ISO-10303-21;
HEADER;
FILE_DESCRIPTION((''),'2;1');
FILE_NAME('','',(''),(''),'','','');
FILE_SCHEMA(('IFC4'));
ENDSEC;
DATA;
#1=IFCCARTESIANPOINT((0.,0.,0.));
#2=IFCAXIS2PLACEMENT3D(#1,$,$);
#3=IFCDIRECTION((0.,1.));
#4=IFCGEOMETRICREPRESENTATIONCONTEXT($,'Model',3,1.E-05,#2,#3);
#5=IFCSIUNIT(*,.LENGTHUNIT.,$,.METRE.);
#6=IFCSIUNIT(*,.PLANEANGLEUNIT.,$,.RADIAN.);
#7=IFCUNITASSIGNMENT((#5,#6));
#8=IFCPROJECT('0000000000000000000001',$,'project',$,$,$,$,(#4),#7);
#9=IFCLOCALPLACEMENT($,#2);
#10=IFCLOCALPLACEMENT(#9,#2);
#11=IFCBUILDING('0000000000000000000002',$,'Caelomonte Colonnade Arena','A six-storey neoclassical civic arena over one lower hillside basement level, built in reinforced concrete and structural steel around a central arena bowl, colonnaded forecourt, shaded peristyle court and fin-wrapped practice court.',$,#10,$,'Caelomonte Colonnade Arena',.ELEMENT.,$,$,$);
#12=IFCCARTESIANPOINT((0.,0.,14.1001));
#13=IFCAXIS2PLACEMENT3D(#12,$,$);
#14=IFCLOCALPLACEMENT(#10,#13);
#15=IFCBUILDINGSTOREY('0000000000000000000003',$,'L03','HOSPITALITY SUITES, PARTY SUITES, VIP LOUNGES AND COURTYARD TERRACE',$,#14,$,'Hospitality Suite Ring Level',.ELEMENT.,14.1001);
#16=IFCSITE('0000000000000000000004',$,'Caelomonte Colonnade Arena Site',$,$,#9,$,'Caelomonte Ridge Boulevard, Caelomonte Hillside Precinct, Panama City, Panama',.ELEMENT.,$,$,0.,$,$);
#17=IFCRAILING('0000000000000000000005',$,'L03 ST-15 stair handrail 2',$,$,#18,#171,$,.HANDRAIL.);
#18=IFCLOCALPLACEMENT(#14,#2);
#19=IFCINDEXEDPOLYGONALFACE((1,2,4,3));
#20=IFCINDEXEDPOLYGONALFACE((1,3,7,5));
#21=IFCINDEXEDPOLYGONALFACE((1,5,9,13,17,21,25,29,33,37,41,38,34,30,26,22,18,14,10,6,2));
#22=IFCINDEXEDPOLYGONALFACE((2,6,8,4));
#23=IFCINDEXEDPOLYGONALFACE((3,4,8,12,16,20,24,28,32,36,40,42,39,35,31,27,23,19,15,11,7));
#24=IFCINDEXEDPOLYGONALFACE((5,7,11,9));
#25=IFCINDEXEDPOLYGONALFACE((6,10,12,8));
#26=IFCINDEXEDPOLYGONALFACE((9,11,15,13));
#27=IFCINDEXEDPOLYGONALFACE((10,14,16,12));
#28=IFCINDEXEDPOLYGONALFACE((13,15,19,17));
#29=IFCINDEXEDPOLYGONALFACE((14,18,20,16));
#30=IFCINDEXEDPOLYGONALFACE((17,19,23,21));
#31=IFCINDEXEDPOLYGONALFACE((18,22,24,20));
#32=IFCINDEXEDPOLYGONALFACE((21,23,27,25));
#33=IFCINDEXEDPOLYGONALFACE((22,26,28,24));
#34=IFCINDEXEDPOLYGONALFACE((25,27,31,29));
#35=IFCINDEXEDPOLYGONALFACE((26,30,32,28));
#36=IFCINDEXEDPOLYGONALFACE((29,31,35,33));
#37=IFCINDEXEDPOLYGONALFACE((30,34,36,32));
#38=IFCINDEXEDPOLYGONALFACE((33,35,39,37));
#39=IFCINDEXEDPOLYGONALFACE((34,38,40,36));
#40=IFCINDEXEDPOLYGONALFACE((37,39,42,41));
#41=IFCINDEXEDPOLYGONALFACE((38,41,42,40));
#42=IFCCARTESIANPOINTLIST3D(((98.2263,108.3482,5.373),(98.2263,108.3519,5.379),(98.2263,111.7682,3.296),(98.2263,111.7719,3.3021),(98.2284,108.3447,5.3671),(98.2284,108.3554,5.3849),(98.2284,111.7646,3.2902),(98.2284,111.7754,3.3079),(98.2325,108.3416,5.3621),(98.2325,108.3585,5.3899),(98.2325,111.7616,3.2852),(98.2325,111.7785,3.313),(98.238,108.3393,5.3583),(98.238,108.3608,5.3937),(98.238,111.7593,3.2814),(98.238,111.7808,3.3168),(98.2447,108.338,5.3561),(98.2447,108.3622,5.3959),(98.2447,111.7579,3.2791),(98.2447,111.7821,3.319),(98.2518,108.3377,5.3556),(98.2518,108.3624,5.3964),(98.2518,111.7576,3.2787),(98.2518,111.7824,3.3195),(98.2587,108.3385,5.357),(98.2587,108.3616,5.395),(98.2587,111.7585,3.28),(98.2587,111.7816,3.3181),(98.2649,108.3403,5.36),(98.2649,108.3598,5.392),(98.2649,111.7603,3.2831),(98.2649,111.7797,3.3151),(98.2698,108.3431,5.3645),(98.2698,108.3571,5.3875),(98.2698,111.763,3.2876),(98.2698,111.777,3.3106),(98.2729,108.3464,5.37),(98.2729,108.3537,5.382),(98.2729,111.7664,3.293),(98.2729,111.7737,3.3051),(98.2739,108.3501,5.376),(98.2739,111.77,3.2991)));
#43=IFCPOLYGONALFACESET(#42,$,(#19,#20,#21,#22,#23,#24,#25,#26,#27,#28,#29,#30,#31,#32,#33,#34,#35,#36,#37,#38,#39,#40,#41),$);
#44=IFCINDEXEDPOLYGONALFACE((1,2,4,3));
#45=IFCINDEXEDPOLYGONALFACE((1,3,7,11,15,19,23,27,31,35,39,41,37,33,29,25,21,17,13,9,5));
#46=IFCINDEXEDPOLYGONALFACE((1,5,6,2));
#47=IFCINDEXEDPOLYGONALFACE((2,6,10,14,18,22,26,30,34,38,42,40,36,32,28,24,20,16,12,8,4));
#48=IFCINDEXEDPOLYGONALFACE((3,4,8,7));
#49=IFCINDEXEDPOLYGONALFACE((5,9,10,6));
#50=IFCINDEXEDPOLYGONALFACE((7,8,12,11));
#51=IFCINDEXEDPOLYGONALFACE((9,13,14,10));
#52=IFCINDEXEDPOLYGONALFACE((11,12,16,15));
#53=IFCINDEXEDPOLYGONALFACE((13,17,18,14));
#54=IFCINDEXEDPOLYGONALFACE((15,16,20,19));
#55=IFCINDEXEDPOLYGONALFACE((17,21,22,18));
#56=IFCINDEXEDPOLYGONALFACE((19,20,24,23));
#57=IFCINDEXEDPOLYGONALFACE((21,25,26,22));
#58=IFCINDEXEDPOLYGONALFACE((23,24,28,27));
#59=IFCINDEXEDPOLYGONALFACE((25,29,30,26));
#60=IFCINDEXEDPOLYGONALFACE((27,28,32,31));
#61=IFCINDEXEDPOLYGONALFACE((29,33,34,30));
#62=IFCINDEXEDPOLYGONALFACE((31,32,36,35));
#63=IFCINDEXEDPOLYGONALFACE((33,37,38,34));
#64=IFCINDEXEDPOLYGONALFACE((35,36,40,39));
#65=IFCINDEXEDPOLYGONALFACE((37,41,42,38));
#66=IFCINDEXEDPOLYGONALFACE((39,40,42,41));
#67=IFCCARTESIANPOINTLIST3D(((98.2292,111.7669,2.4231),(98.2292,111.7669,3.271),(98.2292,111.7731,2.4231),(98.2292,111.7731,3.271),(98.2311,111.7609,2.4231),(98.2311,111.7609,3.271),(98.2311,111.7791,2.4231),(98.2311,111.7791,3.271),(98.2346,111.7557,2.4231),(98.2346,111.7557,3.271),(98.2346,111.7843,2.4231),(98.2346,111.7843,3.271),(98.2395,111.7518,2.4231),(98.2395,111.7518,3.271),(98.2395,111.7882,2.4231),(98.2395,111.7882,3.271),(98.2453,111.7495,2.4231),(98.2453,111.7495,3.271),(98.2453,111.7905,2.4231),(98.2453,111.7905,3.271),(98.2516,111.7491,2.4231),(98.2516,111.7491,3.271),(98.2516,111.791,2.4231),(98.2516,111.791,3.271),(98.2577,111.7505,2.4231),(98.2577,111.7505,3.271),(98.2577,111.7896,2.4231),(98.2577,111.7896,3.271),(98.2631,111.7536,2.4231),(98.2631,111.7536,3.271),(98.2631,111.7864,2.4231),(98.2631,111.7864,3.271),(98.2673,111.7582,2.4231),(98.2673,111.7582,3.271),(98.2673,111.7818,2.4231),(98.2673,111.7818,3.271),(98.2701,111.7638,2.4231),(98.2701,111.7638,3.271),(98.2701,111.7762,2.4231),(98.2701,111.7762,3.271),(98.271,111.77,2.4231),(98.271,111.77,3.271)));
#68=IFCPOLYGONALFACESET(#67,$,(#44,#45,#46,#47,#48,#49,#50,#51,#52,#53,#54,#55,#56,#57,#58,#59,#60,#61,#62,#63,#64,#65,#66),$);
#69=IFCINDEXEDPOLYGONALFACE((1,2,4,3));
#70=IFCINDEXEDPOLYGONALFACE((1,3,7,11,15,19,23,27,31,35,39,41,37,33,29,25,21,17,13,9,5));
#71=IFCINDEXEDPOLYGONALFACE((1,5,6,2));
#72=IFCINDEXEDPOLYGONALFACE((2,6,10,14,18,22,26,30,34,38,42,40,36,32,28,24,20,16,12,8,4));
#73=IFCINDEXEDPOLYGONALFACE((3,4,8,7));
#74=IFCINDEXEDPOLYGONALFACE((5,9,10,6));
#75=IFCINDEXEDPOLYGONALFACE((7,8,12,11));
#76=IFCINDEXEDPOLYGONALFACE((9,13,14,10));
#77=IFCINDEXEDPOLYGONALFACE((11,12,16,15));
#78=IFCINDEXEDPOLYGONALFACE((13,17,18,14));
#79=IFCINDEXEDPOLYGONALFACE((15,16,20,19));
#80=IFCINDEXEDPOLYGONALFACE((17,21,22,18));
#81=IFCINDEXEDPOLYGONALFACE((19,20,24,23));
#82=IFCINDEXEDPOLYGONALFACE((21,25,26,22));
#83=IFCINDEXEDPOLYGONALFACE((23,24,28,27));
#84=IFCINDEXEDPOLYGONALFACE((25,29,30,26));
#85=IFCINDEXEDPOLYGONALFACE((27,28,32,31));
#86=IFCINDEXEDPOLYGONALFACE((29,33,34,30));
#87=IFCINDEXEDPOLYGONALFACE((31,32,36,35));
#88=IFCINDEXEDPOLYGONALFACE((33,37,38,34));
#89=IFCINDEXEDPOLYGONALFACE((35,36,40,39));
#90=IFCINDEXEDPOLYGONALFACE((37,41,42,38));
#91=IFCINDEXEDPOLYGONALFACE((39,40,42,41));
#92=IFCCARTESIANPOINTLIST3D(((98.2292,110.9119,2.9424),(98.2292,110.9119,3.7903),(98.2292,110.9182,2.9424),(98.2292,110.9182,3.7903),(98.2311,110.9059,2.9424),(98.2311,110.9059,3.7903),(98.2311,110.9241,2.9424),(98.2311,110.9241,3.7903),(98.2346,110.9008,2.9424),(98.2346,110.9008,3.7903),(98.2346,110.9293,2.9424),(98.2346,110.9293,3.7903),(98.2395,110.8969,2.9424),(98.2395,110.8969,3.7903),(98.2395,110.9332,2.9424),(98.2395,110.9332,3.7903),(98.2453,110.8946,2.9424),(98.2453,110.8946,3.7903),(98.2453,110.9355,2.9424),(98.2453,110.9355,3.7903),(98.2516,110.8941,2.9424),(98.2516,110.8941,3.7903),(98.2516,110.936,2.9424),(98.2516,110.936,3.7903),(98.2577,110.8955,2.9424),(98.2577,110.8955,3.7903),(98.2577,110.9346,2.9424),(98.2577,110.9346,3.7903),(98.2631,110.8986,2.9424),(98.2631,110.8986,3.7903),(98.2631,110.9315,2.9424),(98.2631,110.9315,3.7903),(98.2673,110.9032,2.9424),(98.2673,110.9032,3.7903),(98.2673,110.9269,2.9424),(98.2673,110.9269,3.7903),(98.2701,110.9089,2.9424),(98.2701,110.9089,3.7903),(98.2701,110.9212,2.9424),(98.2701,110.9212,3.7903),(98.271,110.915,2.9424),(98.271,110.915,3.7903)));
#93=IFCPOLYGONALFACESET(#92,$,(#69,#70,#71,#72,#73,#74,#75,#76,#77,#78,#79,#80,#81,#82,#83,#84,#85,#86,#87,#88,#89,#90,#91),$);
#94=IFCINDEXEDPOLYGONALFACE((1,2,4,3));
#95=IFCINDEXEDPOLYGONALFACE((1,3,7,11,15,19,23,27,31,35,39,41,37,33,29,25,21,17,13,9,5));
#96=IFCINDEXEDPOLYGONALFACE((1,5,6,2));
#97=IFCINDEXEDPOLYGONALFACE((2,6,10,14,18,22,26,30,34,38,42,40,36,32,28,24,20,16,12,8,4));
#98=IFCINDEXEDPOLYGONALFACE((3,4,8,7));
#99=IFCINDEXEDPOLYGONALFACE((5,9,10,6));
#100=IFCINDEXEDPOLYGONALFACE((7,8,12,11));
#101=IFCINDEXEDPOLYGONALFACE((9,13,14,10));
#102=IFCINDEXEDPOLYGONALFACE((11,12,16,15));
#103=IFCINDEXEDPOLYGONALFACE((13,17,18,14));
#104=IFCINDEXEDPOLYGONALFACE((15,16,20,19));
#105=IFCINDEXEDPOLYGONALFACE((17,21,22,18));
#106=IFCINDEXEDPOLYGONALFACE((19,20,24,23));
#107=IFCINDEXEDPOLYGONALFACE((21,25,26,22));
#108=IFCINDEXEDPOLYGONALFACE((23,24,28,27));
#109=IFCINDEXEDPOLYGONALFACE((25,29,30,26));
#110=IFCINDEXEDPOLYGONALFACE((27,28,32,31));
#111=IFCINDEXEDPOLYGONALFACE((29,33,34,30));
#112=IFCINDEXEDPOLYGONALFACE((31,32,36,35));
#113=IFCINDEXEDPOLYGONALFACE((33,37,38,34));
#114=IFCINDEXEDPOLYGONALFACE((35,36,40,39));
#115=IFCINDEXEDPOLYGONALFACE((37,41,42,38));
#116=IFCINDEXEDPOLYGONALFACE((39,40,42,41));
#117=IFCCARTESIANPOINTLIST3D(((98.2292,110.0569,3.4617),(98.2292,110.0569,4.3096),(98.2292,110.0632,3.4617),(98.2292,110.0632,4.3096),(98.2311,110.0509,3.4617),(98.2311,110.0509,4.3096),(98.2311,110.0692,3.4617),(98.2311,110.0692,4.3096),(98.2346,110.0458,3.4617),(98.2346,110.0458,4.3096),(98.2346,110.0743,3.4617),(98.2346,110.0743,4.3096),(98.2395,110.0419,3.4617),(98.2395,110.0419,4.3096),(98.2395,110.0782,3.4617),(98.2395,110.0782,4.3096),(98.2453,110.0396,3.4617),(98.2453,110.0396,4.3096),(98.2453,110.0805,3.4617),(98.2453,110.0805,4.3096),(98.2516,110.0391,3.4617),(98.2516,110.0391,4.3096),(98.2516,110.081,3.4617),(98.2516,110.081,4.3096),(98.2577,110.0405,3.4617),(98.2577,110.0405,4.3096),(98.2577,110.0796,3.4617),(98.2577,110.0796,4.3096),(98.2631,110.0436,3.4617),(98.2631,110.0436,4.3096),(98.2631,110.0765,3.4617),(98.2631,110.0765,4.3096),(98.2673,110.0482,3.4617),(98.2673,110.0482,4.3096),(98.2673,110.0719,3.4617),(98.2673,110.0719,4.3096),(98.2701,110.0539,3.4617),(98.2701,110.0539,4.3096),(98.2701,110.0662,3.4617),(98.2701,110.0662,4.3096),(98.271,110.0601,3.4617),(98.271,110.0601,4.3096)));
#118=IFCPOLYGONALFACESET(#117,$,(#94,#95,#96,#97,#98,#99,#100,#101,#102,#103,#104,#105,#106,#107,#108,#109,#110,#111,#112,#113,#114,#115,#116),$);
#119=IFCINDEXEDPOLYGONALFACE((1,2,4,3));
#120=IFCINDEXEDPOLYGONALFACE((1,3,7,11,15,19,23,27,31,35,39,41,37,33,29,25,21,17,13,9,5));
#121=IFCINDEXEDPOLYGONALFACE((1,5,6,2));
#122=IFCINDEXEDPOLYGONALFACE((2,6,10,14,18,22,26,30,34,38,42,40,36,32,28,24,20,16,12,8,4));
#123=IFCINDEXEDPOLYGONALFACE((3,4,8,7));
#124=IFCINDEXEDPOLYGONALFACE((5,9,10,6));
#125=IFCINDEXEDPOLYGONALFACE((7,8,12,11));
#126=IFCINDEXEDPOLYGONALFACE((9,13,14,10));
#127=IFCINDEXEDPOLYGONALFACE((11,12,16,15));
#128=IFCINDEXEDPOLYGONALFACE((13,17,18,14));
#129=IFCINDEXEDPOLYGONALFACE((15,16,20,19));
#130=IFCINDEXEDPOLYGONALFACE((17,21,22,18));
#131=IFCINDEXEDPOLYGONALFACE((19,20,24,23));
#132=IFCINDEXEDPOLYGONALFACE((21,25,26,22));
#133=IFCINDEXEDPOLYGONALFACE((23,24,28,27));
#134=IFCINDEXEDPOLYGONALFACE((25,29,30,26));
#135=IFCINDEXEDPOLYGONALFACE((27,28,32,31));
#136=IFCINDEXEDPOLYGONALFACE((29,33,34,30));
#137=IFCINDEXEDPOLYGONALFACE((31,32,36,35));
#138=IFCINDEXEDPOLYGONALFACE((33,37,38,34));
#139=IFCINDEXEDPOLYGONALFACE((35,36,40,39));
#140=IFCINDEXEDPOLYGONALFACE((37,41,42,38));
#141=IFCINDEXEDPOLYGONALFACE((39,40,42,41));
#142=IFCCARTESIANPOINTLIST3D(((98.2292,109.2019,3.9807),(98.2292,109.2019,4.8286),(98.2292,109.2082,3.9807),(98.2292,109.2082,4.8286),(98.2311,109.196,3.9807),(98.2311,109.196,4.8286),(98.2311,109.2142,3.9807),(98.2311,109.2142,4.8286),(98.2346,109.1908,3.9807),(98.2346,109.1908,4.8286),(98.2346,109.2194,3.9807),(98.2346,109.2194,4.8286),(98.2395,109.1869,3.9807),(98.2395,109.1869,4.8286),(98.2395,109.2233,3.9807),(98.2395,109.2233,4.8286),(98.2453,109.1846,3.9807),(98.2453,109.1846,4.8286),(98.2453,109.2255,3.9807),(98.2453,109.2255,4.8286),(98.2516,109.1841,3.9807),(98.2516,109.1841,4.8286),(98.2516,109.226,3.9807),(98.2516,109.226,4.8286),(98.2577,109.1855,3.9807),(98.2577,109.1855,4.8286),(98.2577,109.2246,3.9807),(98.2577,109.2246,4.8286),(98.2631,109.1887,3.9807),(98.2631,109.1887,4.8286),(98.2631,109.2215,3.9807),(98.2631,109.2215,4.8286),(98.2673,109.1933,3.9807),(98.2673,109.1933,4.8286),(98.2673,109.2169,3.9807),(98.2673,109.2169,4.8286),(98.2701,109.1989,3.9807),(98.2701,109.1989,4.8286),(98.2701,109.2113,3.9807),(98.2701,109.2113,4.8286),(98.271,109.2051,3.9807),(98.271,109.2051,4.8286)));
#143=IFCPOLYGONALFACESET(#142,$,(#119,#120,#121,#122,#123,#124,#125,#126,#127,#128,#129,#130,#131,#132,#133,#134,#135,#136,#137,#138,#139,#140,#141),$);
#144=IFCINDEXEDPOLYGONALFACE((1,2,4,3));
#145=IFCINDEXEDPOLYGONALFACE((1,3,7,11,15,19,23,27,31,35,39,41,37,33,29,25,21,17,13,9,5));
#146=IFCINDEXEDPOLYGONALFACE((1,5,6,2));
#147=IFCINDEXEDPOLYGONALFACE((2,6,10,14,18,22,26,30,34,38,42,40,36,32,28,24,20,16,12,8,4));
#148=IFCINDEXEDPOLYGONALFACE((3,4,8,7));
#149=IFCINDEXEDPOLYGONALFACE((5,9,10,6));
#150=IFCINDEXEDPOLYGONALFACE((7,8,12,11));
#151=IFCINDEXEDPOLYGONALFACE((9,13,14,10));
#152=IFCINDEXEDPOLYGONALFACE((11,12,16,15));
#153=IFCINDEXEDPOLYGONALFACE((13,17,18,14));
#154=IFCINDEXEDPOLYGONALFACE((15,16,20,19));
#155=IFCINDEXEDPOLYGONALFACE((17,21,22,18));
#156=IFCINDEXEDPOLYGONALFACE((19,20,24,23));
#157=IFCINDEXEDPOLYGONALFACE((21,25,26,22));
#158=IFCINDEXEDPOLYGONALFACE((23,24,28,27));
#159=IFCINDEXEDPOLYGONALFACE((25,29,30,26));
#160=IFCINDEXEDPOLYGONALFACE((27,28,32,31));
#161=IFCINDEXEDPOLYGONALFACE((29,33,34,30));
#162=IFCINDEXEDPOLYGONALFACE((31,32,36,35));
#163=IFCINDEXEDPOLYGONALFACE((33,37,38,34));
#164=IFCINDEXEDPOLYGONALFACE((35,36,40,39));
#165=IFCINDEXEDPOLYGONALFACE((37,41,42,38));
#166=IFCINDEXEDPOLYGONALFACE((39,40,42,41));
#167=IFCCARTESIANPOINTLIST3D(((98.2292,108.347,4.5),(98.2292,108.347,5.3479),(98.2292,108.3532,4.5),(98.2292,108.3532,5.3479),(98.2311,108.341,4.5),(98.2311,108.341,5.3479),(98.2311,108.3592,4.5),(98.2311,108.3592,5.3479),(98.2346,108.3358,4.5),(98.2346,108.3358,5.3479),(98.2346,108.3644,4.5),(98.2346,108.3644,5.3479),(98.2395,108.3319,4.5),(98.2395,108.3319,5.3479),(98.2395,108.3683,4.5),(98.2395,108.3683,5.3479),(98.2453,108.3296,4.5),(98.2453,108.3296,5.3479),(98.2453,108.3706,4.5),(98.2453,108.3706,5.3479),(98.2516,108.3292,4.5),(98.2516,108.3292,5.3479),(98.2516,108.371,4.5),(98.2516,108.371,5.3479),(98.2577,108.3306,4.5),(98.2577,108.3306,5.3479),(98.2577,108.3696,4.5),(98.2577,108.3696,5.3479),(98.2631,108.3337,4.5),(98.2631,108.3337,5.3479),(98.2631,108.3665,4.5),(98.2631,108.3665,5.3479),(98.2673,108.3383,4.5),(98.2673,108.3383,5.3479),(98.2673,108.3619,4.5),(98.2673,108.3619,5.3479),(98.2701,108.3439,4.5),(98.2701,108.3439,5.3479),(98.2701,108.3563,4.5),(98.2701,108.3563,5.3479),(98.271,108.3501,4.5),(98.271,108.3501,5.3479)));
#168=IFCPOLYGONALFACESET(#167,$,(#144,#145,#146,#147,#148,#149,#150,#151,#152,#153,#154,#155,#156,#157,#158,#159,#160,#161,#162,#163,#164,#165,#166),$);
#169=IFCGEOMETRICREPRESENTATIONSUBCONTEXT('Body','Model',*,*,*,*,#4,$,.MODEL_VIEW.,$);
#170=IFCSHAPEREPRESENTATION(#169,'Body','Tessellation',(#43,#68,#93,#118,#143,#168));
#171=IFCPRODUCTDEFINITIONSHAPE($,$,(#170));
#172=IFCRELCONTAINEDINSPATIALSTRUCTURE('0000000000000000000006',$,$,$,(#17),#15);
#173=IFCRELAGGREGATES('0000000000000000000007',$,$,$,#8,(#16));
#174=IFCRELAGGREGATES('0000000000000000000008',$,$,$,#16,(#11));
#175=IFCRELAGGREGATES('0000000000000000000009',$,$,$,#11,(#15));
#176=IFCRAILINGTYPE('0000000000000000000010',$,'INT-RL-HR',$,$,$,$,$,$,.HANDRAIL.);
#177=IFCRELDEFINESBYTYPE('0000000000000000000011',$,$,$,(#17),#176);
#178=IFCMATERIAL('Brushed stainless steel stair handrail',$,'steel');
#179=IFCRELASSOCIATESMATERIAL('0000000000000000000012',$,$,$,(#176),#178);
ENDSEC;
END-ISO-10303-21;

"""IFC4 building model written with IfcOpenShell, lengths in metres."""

from ifc_helpers import new_model, si_unit, direction, frame, origin, origin_2d, place, context, subcontext, project, spatial, circle, extrude, material, type_object, element, save


model = new_model("IFC4")

# Units and contexts
model_context = context("Model", 3, precision=1e-05, world=origin(), true_north=direction((0.0, 1.0)))
body_context = subcontext(model_context, "Body", "Model", "MODEL_VIEW")
ifc_project = project(units=[si_unit("LENGTHUNIT", "METRE"), si_unit("PLANEANGLEUNIT", "RADIAN")], contexts=[model_context])

# Site, building, storey
site_placement = place(None, origin())
site = spatial("IfcSite", under=ifc_project, at=site_placement, Name="Caelomonte Colonnade Arena Site", LongName="Caelomonte Ridge Boulevard, Caelomonte Hillside Precinct, Panama City, Panama", CompositionType="ELEMENT", RefElevation=0.0)
building_placement = place(site_placement, origin())
building = spatial("IfcBuilding", under=site, at=building_placement, Name="Caelomonte Colonnade Arena", Description="A six-storey neoclassical civic arena over one lower hillside basement level, built in reinforced concrete and structural steel around a central arena bowl, colonnaded forecourt, shaded peristyle court and fin-wrapped practice court.", LongName="Caelomonte Colonnade Arena", CompositionType="ELEMENT")
storey_placement = place(building_placement, frame((0.0, 0.0, 14.1001)))
storey = spatial("IfcBuildingStorey", under=building, at=storey_placement, Name="L03", Description="HOSPITALITY SUITES, PARTY SUITES, VIP LOUNGES AND COURTYARD TERRACE", LongName="Hospitality Suite Ring Level", CompositionType="ELEMENT", Elevation=14.1001)

# Railing
ifc_material_1 = material(Name="Brushed stainless steel stair handrail", Category="steel")
railing_type_1 = type_object("IfcRailingType", Name="INT-RL-HR", PredefinedType="HANDRAIL", material=ifc_material_1)
railing_1_placement = place(storey_placement, frame((98.25, 111.77, 2.4231)))
element("IfcRailing", 1, at=railing_1_placement, inside=storey, type_object=railing_type_1, Name="L03 ST-15 stair handrail 2", PredefinedType="HANDRAIL", context=body_context, shape_type="SweptSolid", body=[
    extrude(circle(Radius=0.0239, at=origin_2d()), frame((0.0, 0.0, 0.876), z_axis=(0.0, -0.85473, 0.519074), x_axis=(1.0, 0.0, 0.0)), (0.0, 0.0, 1.0), 4.0012),
    extrude(circle(Radius=0.021, at=origin_2d()), origin(), (0.0, 0.0, 1.0), 0.8479),
    extrude(circle(Radius=0.021, at=origin_2d()), frame((0.0, -0.855, 0.5193)), (0.0, 0.0, 1.0), 0.8479),
    extrude(circle(Radius=0.021, at=origin_2d()), frame((0.0, -1.71, 1.0386)), (0.0, 0.0, 1.0), 0.8479),
    extrude(circle(Radius=0.021, at=origin_2d()), frame((0.0, -2.5649, 1.5576)), (0.0, 0.0, 1.0), 0.8479),
    extrude(circle(Radius=0.021, at=origin_2d()), frame((0.0, -3.4199, 2.0769)), (0.0, 0.0, 1.0), 0.8479),
])

save(model, "model.ifc")
